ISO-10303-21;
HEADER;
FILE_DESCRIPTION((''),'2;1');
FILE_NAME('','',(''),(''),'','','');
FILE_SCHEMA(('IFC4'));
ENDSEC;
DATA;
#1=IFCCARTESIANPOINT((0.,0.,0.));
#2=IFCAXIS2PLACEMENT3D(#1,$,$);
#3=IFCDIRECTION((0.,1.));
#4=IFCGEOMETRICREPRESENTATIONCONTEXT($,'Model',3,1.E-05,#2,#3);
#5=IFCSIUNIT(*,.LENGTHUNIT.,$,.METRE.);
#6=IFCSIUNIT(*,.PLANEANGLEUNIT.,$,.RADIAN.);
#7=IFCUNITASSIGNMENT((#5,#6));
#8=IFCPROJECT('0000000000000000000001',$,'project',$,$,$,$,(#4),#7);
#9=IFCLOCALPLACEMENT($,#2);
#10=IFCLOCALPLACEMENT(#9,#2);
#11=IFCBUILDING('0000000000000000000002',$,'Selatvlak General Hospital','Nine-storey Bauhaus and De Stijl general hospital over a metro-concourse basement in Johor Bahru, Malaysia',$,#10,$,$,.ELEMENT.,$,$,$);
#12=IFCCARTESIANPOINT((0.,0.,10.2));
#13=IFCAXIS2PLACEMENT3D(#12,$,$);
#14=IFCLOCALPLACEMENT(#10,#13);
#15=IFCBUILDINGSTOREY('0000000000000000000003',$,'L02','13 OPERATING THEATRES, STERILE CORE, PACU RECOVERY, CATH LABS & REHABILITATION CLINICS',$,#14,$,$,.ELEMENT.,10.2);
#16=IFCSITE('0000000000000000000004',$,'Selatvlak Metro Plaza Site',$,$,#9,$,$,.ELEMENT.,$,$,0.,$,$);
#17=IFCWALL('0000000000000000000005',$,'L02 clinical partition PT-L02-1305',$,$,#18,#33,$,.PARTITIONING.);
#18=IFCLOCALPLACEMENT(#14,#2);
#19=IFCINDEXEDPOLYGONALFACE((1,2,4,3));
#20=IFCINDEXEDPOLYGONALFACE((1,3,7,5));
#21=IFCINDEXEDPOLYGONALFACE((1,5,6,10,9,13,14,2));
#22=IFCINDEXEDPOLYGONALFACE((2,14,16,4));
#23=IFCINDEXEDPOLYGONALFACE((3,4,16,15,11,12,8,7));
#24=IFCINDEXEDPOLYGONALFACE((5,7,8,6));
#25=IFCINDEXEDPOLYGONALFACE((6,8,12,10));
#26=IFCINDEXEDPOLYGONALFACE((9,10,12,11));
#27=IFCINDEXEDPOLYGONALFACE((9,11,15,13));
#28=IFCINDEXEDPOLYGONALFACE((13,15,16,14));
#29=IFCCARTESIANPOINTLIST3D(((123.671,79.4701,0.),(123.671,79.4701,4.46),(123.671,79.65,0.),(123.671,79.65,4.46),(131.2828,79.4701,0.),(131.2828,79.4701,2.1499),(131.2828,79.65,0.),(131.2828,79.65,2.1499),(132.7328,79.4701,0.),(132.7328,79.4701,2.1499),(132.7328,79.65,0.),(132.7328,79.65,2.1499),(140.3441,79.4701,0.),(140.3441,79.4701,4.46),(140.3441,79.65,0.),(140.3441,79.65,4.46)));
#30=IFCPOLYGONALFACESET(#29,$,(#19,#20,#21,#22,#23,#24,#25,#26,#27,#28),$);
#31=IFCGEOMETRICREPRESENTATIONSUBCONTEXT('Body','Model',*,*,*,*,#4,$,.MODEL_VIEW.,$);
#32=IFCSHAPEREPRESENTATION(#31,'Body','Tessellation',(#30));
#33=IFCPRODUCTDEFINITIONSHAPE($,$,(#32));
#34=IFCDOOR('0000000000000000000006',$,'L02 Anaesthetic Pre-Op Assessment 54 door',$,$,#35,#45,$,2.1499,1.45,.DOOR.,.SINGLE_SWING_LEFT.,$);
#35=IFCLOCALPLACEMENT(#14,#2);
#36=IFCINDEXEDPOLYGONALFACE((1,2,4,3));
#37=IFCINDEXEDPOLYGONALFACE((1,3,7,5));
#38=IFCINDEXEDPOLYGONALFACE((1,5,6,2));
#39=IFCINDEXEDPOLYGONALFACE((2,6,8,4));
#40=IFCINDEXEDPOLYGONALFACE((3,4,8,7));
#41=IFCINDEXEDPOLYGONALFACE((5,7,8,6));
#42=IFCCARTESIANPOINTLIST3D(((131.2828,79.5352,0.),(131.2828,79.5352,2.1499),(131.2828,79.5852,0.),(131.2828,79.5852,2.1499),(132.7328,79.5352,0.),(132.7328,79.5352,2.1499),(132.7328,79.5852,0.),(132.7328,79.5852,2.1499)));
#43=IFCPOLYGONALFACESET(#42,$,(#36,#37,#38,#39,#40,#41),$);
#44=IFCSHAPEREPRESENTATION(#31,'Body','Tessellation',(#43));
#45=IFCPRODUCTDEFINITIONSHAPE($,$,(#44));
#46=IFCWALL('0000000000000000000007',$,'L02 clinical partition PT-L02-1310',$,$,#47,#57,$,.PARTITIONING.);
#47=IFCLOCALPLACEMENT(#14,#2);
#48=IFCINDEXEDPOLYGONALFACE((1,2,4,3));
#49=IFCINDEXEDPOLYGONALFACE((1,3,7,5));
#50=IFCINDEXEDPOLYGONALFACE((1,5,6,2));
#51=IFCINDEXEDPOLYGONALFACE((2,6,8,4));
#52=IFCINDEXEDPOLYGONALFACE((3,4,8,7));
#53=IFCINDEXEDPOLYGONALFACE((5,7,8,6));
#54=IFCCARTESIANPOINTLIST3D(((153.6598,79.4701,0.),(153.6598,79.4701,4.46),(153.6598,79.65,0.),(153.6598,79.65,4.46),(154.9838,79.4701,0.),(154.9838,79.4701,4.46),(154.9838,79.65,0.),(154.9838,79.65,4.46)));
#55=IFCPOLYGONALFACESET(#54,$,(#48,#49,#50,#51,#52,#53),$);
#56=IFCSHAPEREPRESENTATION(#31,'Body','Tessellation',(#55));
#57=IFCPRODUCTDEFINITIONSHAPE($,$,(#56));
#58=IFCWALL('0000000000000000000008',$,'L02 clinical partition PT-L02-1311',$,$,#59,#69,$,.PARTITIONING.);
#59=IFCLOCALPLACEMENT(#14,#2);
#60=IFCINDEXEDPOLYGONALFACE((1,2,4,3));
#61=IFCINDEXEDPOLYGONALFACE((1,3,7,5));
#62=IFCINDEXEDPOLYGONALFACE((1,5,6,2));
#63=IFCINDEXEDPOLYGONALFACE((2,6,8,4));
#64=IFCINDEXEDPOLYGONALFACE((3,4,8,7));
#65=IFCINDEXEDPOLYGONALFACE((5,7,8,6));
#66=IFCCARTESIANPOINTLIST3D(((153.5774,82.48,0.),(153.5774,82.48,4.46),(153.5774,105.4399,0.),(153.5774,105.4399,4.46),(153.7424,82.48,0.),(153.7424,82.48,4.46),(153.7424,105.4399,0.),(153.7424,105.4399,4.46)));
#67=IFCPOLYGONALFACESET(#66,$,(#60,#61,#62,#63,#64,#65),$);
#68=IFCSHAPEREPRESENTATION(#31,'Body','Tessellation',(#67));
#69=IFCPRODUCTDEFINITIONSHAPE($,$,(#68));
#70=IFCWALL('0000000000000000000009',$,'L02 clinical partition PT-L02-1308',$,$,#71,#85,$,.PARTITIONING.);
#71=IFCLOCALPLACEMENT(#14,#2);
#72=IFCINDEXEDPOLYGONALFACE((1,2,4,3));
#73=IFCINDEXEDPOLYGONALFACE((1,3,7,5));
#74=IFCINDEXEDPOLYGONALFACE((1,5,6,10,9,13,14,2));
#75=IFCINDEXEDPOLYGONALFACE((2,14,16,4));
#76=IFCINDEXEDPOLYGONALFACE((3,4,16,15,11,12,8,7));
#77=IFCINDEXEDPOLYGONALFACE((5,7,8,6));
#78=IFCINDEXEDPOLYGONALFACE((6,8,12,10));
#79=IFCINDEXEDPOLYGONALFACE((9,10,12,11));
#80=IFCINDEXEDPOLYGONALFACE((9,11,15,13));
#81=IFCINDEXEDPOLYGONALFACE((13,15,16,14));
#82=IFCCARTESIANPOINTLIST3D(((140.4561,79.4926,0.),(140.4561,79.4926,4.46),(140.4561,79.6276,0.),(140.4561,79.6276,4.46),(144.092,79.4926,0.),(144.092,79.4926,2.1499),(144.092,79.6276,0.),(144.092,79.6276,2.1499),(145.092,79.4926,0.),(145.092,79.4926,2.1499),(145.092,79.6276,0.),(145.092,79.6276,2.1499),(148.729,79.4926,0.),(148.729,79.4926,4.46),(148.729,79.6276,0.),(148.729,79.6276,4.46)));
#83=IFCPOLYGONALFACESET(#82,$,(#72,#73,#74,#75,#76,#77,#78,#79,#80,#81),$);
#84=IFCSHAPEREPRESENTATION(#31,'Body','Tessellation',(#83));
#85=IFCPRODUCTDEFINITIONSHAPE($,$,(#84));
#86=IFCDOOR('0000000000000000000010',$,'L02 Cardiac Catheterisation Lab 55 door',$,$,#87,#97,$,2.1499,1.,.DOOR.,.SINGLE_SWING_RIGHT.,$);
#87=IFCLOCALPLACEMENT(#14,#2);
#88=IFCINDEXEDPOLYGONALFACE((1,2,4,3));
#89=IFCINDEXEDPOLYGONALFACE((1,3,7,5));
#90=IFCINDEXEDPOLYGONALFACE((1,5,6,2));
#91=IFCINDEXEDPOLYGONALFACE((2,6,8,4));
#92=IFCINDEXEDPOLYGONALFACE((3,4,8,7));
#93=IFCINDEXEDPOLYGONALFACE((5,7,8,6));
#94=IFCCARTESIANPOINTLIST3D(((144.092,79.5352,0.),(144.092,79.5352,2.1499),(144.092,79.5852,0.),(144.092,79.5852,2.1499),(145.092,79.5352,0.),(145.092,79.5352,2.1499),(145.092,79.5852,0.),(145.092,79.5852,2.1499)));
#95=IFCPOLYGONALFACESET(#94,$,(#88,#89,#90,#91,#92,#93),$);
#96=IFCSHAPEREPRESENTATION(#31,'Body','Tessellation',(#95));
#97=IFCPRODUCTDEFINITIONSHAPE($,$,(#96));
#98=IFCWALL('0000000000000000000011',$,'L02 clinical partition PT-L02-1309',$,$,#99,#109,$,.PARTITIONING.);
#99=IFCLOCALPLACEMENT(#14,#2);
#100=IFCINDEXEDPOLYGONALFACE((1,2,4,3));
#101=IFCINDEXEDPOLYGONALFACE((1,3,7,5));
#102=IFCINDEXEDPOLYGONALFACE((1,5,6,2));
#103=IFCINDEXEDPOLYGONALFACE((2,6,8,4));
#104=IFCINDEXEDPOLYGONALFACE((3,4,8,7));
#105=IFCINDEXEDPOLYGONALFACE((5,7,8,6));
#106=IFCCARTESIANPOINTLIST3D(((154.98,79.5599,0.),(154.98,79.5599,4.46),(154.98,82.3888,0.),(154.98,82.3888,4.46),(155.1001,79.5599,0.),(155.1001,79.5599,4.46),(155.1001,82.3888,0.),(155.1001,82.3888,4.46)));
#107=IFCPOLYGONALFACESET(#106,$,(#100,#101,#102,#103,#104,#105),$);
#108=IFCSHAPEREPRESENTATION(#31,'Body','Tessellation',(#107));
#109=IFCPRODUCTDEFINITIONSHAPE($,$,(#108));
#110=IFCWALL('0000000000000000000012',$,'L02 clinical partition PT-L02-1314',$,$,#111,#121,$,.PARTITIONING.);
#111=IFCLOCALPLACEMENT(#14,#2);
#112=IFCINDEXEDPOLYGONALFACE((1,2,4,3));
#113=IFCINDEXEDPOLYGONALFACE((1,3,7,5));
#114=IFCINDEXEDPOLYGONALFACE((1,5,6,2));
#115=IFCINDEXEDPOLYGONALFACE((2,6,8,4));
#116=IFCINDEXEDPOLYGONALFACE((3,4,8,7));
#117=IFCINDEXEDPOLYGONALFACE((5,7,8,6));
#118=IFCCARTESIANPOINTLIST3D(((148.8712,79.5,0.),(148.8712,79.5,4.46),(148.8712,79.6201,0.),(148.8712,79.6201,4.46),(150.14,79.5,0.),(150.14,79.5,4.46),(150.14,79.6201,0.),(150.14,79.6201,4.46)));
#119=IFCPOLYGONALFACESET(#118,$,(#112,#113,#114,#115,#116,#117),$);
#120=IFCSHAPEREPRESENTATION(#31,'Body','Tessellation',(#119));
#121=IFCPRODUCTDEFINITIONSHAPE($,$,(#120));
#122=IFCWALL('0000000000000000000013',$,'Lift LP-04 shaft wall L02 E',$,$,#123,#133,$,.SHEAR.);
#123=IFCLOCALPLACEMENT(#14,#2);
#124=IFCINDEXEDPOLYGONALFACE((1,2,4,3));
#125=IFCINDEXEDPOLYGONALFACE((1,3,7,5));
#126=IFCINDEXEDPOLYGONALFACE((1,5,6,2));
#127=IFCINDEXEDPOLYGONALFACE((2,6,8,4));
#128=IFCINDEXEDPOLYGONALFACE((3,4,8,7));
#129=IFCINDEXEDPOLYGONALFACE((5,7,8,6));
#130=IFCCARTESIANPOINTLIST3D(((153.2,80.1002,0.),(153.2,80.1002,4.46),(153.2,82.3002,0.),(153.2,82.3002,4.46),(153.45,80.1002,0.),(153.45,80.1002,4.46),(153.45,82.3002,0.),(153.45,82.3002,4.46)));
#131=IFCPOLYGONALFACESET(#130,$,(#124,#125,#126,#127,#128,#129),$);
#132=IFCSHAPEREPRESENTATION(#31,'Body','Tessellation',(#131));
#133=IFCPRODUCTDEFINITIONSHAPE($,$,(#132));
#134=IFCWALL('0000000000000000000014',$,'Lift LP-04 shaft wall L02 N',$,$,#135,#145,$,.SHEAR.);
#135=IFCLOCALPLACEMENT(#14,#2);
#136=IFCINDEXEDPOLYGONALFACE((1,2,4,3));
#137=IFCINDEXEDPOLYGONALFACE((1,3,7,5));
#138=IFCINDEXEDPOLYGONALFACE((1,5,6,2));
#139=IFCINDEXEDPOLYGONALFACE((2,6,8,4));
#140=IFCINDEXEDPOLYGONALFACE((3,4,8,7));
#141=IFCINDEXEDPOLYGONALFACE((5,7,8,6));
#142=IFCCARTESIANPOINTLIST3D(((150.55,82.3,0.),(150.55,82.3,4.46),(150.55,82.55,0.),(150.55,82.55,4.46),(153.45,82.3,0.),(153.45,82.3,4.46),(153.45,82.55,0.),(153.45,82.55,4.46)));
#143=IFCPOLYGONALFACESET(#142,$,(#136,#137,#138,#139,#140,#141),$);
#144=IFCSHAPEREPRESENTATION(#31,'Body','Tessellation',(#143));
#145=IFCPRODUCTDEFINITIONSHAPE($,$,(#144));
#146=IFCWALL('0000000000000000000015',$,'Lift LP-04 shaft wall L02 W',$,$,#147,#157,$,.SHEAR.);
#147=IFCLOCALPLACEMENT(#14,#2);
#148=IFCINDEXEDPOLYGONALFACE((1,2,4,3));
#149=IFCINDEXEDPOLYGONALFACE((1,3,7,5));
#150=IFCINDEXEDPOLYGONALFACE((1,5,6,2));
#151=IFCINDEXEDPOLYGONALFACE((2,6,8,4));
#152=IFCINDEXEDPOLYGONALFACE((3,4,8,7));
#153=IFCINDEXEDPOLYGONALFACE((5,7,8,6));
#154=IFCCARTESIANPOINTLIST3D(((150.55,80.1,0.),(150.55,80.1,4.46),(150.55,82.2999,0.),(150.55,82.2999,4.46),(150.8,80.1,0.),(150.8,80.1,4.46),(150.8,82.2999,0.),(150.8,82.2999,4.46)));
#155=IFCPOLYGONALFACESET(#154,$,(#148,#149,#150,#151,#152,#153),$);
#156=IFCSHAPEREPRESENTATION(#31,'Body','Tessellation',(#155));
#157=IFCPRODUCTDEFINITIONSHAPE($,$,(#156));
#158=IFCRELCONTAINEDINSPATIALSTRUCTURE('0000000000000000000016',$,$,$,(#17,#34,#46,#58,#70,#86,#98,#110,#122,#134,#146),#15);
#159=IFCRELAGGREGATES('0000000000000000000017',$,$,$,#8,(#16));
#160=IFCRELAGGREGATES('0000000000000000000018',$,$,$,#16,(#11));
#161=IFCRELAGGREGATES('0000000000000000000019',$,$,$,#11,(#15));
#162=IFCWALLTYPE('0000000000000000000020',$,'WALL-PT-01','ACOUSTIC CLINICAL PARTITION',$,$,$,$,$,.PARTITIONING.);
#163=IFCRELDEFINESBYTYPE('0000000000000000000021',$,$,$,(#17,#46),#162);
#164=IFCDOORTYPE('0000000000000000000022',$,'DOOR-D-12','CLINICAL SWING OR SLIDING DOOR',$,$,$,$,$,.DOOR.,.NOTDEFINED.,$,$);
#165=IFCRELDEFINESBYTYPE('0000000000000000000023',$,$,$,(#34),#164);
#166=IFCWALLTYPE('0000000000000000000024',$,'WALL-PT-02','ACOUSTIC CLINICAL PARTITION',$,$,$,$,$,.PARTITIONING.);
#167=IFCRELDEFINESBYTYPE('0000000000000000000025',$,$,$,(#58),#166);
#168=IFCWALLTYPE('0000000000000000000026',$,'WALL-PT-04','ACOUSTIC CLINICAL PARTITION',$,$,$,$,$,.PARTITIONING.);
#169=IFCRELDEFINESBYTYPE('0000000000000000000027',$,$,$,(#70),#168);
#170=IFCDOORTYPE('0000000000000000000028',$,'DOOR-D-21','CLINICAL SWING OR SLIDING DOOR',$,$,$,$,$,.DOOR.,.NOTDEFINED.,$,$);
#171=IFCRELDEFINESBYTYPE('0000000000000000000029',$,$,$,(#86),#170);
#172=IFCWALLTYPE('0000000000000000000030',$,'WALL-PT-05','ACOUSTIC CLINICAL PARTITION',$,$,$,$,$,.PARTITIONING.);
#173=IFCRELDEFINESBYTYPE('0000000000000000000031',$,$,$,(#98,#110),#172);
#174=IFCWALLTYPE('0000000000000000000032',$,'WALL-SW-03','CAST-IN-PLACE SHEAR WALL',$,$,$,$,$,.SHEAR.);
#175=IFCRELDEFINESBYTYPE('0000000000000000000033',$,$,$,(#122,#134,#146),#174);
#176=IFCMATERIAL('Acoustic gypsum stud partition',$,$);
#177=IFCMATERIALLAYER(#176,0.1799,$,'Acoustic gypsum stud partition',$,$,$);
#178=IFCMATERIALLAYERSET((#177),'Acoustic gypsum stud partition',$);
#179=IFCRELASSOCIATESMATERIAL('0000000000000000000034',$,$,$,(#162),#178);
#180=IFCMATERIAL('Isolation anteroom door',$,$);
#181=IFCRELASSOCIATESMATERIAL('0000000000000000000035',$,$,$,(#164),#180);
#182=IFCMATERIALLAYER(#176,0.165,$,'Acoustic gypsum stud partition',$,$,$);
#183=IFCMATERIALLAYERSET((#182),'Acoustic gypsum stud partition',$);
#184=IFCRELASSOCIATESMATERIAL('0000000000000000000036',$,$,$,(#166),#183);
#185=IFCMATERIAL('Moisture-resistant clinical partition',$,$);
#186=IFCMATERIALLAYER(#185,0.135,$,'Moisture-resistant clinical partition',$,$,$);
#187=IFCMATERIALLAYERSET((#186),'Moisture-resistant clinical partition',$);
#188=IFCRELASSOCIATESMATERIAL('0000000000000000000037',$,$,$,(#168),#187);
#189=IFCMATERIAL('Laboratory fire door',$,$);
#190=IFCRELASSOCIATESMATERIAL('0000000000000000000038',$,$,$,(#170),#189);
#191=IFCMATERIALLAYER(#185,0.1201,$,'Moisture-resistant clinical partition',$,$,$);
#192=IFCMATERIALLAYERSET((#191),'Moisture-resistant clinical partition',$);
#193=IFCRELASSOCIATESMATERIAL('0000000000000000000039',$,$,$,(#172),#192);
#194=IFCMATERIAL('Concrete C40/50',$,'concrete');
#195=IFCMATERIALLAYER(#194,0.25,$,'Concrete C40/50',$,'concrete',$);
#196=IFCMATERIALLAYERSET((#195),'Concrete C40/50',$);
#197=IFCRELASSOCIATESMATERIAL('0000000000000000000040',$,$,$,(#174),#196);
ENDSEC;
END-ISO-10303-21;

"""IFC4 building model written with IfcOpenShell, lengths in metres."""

from ifc_helpers import new_model, si_unit, direction, frame, frame_2d, origin, place, context, subcontext, project, spatial, rectangle, extrude, material, layer, layer_set, type_object, element, fill, save


model = new_model("IFC4")

# Units and contexts
model_context = context("Model", 3, precision=1e-05, world=origin(), true_north=direction((0.0, 1.0)))
body_context = subcontext(model_context, "Body", "Model", "MODEL_VIEW")
ifc_project = project(units=[si_unit("LENGTHUNIT", "METRE"), si_unit("PLANEANGLEUNIT", "RADIAN")], contexts=[model_context])

# Site, building, storey
site_placement = place(None, origin())
site = spatial("IfcSite", under=ifc_project, at=site_placement, Name="Selatvlak Metro Plaza Site", CompositionType="ELEMENT", RefElevation=0.0)
building_placement = place(site_placement, origin())
building = spatial("IfcBuilding", under=site, at=building_placement, Name="Selatvlak General Hospital", Description="Nine-storey Bauhaus and De Stijl general hospital over a metro-concourse basement in Johor Bahru, Malaysia", CompositionType="ELEMENT")
storey_placement = place(building_placement, frame((0.0, 0.0, 10.2)))
storey = spatial("IfcBuildingStorey", under=building, at=storey_placement, Name="L02", Description="13 OPERATING THEATRES, STERILE CORE, PACU RECOVERY, CATH LABS & REHABILITATION CLINICS", CompositionType="ELEMENT", Elevation=10.2)

# Shared definitions
ifc_material_1 = material(Name="Concrete C40/50", Category="concrete")

# Wall, opening, door
ifc_material_2 = material(Name="Acoustic gypsum stud partition")
ifc_layer_1 = layer(ifc_material_2, 0.1799, Name="Acoustic gypsum stud partition")
ifc_layer_set_1 = layer_set([ifc_layer_1], Name="Acoustic gypsum stud partition")
wall_type_1 = type_object("IfcWallType", Name="WALL-PT-01", Description="ACOUSTIC CLINICAL PARTITION", PredefinedType="PARTITIONING", material=ifc_layer_set_1)
wall_1_placement = place(storey_placement, frame((140.344, 79.5601, 0.0), z_axis=(0.0, 0.0, 1.0), x_axis=(-1.0, 0.0, 0.0)))
wall_1 = element("IfcWall", 1, at=wall_1_placement, inside=storey, type_object=wall_type_1, Name="L02 clinical partition PT-L02-1305", PredefinedType="PARTITIONING", context=body_context, shape_type="SweptSolid", body=[
    extrude(rectangle(XDim=16.6731, YDim=0.1799, at=frame_2d((8.3364, 0.0))), origin(), (0.0, 0.0, 1.0), 4.46),
])
opening_1_placement = place(wall_1_placement, frame((7.6111, 0.0, 0.0)))
opening_1 = element("IfcOpeningElement", 2, at=opening_1_placement, cuts=wall_1, PredefinedType="OPENING", context=body_context, shape_type="SweptSolid", body=[
    extrude(rectangle(XDim=1.45, YDim=2.1499, at=frame_2d((0.7251, 1.075))), frame((0.0, 0.0999, 0.0), z_axis=(0.0, -1.0, 0.0), x_axis=(1.0, 0.0, 0.0)), (0.0, 0.0, 1.0), 0.2),
])
ifc_material_3 = material(Name="Isolation anteroom door")
door_type_1 = type_object("IfcDoorType", Name="DOOR-D-12", Description="CLINICAL SWING OR SLIDING DOOR", OperationType="NOTDEFINED", PredefinedType="DOOR", material=ifc_material_3)
door_1_placement = place(opening_1_placement, origin())
door_1 = element("IfcDoor", 3, at=door_1_placement, inside=storey, type_object=door_type_1, Name="L02 Anaesthetic Pre-Op Assessment 54 door", OperationType="SINGLE_SWING_LEFT", OverallHeight=2.1499, OverallWidth=1.45, PredefinedType="DOOR", context=body_context, shape_type="SweptSolid", body=[
    extrude(rectangle(XDim=1.45, YDim=2.1499, at=frame_2d((0.7251, 1.075))), frame((0.0, 0.0249, 0.0), z_axis=(0.0, -1.0, 0.0), x_axis=(1.0, 0.0, 0.0)), (0.0, 0.0, 1.0), 0.05),
])
fill(opening_1, door_1)

# Walls
wall_2_placement = place(storey_placement, frame((154.9839, 79.5601, 0.0), z_axis=(0.0, 0.0, 1.0), x_axis=(-1.0, 0.0, 0.0)))
element("IfcWall", 4, at=wall_2_placement, inside=storey, type_object=wall_type_1, Name="L02 clinical partition PT-L02-1310", PredefinedType="PARTITIONING", context=body_context, shape_type="SweptSolid", body=[
    extrude(rectangle(XDim=1.324, YDim=0.1799, at=frame_2d((0.6621, 0.0))), origin(), (0.0, 0.0, 1.0), 4.46),
])
ifc_layer_2 = layer(ifc_material_2, 0.165, Name="Acoustic gypsum stud partition")
ifc_layer_set_2 = layer_set([ifc_layer_2], Name="Acoustic gypsum stud partition")
wall_type_2 = type_object("IfcWallType", Name="WALL-PT-02", Description="ACOUSTIC CLINICAL PARTITION", PredefinedType="PARTITIONING", material=ifc_layer_set_2)
wall_3_placement = place(storey_placement, frame((153.6599, 82.48, 0.0), z_axis=(0.0, 0.0, 1.0), x_axis=(0.0, 1.0, 0.0)))
element("IfcWall", 5, at=wall_3_placement, inside=storey, type_object=wall_type_2, Name="L02 clinical partition PT-L02-1311", PredefinedType="PARTITIONING", context=body_context, shape_type="SweptSolid", body=[
    extrude(rectangle(XDim=22.96, YDim=0.165, at=frame_2d((11.48, 0.0))), origin(), (0.0, 0.0, 1.0), 4.46),
])

# Wall, opening, door
ifc_material_4 = material(Name="Moisture-resistant clinical partition")
ifc_layer_3 = layer(ifc_material_4, 0.135, Name="Moisture-resistant clinical partition")
ifc_layer_set_3 = layer_set([ifc_layer_3], Name="Moisture-resistant clinical partition")
wall_type_3 = type_object("IfcWallType", Name="WALL-PT-04", Description="ACOUSTIC CLINICAL PARTITION", PredefinedType="PARTITIONING", material=ifc_layer_set_3)
wall_4_placement = place(storey_placement, frame((148.729, 79.5601, 0.0), z_axis=(0.0, 0.0, 1.0), x_axis=(-1.0, 0.0, 0.0)))
wall_4 = element("IfcWall", 6, at=wall_4_placement, inside=storey, type_object=wall_type_3, Name="L02 clinical partition PT-L02-1308", PredefinedType="PARTITIONING", context=body_context, shape_type="SweptSolid", body=[
    extrude(rectangle(XDim=8.2729, YDim=0.135, at=frame_2d((4.1365, 0.0))), origin(), (0.0, 0.0, 1.0), 4.46),
])
opening_2_placement = place(wall_4_placement, frame((3.637, 0.0, 0.0)))
opening_2 = element("IfcOpeningElement", 7, at=opening_2_placement, cuts=wall_4, PredefinedType="OPENING", context=body_context, shape_type="SweptSolid", body=[
    extrude(rectangle(XDim=1.0, YDim=2.1499, at=frame_2d((0.5, 1.075))), frame((0.0, 0.0774, 0.0), z_axis=(0.0, -1.0, 0.0), x_axis=(1.0, 0.0, 0.0)), (0.0, 0.0, 1.0), 0.155),
])
ifc_material_5 = material(Name="Laboratory fire door")
door_type_2 = type_object("IfcDoorType", Name="DOOR-D-21", Description="CLINICAL SWING OR SLIDING DOOR", OperationType="NOTDEFINED", PredefinedType="DOOR", material=ifc_material_5)
door_2_placement = place(opening_2_placement, origin())
door_2 = element("IfcDoor", 8, at=door_2_placement, inside=storey, type_object=door_type_2, Name="L02 Cardiac Catheterisation Lab 55 door", OperationType="SINGLE_SWING_RIGHT", OverallHeight=2.1499, OverallWidth=1.0, PredefinedType="DOOR", context=body_context, shape_type="SweptSolid", body=[
    extrude(rectangle(XDim=1.0, YDim=2.1499, at=frame_2d((0.5, 1.075))), frame((0.0, 0.0249, 0.0), z_axis=(0.0, -1.0, 0.0), x_axis=(1.0, 0.0, 0.0)), (0.0, 0.0, 1.0), 0.05),
])
fill(opening_2, door_2)

# Walls
ifc_layer_4 = layer(ifc_material_4, 0.1201, Name="Moisture-resistant clinical partition")
ifc_layer_set_4 = layer_set([ifc_layer_4], Name="Moisture-resistant clinical partition")
wall_type_4 = type_object("IfcWallType", Name="WALL-PT-05", Description="ACOUSTIC CLINICAL PARTITION", PredefinedType="PARTITIONING", material=ifc_layer_set_4)
wall_5_placement = place(storey_placement, frame((155.04, 82.3889, 0.0), z_axis=(0.0, 0.0, 1.0), x_axis=(0.0, -1.0, 0.0)))
element("IfcWall", 9, at=wall_5_placement, inside=storey, type_object=wall_type_4, Name="L02 clinical partition PT-L02-1309", PredefinedType="PARTITIONING", context=body_context, shape_type="SweptSolid", body=[
    extrude(rectangle(XDim=2.8289, YDim=0.1201, at=frame_2d((1.4146, 0.0))), origin(), (0.0, 0.0, 1.0), 4.46),
])
wall_6_placement = place(storey_placement, frame((150.1399, 79.5601, 0.0), z_axis=(0.0, 0.0, 1.0), x_axis=(-1.0, 0.0, 0.0)))
element("IfcWall", 10, at=wall_6_placement, inside=storey, type_object=wall_type_4, Name="L02 clinical partition PT-L02-1314", PredefinedType="PARTITIONING", context=body_context, shape_type="SweptSolid", body=[
    extrude(rectangle(XDim=1.2688, YDim=0.1201, at=frame_2d((0.6343, 0.0))), origin(), (0.0, 0.0, 1.0), 4.46),
])

# Shared definitions
ifc_layer_5 = layer(ifc_material_1, 0.25, Name="Concrete C40/50", Category="concrete")
ifc_layer_set_5 = layer_set([ifc_layer_5], Name="Concrete C40/50")
wall_type_5 = type_object("IfcWallType", Name="WALL-SW-03", Description="CAST-IN-PLACE SHEAR WALL", PredefinedType="SHEAR", material=ifc_layer_set_5)

# Walls
wall_7_placement = place(storey_placement, frame((153.325, 80.1001, 0.0), z_axis=(0.0, 0.0, 1.0), x_axis=(0.0, 1.0, 0.0)))
element("IfcWall", 11, at=wall_7_placement, inside=storey, type_object=wall_type_5, Name="Lift LP-04 shaft wall L02 E", PredefinedType="SHEAR", context=body_context, shape_type="SweptSolid", body=[
    extrude(rectangle(XDim=2.2, YDim=0.25, at=frame_2d((1.1001, 0.0))), origin(), (0.0, 0.0, 1.0), 4.46),
])
wall_8_placement = place(storey_placement, frame((153.45, 82.425, 0.0), z_axis=(0.0, 0.0, 1.0), x_axis=(-1.0, 0.0, 0.0)))
element("IfcWall", 12, at=wall_8_placement, inside=storey, type_object=wall_type_5, Name="Lift LP-04 shaft wall L02 N", PredefinedType="SHEAR", context=body_context, shape_type="SweptSolid", body=[
    extrude(rectangle(XDim=2.8999, YDim=0.25, at=frame_2d((1.45, 0.0))), origin(), (0.0, 0.0, 1.0), 4.46),
])
wall_9_placement = place(storey_placement, frame((150.675, 82.3, 0.0), z_axis=(0.0, 0.0, 1.0), x_axis=(0.0, -1.0, 0.0)))
element("IfcWall", 13, at=wall_9_placement, inside=storey, type_object=wall_type_5, Name="Lift LP-04 shaft wall L02 W", PredefinedType="SHEAR", context=body_context, shape_type="SweptSolid", body=[
    extrude(rectangle(XDim=2.2, YDim=0.25, at=frame_2d((1.1001, 0.0))), origin(), (0.0, 0.0, 1.0), 4.46),
])

save(model, "model.ifc")
